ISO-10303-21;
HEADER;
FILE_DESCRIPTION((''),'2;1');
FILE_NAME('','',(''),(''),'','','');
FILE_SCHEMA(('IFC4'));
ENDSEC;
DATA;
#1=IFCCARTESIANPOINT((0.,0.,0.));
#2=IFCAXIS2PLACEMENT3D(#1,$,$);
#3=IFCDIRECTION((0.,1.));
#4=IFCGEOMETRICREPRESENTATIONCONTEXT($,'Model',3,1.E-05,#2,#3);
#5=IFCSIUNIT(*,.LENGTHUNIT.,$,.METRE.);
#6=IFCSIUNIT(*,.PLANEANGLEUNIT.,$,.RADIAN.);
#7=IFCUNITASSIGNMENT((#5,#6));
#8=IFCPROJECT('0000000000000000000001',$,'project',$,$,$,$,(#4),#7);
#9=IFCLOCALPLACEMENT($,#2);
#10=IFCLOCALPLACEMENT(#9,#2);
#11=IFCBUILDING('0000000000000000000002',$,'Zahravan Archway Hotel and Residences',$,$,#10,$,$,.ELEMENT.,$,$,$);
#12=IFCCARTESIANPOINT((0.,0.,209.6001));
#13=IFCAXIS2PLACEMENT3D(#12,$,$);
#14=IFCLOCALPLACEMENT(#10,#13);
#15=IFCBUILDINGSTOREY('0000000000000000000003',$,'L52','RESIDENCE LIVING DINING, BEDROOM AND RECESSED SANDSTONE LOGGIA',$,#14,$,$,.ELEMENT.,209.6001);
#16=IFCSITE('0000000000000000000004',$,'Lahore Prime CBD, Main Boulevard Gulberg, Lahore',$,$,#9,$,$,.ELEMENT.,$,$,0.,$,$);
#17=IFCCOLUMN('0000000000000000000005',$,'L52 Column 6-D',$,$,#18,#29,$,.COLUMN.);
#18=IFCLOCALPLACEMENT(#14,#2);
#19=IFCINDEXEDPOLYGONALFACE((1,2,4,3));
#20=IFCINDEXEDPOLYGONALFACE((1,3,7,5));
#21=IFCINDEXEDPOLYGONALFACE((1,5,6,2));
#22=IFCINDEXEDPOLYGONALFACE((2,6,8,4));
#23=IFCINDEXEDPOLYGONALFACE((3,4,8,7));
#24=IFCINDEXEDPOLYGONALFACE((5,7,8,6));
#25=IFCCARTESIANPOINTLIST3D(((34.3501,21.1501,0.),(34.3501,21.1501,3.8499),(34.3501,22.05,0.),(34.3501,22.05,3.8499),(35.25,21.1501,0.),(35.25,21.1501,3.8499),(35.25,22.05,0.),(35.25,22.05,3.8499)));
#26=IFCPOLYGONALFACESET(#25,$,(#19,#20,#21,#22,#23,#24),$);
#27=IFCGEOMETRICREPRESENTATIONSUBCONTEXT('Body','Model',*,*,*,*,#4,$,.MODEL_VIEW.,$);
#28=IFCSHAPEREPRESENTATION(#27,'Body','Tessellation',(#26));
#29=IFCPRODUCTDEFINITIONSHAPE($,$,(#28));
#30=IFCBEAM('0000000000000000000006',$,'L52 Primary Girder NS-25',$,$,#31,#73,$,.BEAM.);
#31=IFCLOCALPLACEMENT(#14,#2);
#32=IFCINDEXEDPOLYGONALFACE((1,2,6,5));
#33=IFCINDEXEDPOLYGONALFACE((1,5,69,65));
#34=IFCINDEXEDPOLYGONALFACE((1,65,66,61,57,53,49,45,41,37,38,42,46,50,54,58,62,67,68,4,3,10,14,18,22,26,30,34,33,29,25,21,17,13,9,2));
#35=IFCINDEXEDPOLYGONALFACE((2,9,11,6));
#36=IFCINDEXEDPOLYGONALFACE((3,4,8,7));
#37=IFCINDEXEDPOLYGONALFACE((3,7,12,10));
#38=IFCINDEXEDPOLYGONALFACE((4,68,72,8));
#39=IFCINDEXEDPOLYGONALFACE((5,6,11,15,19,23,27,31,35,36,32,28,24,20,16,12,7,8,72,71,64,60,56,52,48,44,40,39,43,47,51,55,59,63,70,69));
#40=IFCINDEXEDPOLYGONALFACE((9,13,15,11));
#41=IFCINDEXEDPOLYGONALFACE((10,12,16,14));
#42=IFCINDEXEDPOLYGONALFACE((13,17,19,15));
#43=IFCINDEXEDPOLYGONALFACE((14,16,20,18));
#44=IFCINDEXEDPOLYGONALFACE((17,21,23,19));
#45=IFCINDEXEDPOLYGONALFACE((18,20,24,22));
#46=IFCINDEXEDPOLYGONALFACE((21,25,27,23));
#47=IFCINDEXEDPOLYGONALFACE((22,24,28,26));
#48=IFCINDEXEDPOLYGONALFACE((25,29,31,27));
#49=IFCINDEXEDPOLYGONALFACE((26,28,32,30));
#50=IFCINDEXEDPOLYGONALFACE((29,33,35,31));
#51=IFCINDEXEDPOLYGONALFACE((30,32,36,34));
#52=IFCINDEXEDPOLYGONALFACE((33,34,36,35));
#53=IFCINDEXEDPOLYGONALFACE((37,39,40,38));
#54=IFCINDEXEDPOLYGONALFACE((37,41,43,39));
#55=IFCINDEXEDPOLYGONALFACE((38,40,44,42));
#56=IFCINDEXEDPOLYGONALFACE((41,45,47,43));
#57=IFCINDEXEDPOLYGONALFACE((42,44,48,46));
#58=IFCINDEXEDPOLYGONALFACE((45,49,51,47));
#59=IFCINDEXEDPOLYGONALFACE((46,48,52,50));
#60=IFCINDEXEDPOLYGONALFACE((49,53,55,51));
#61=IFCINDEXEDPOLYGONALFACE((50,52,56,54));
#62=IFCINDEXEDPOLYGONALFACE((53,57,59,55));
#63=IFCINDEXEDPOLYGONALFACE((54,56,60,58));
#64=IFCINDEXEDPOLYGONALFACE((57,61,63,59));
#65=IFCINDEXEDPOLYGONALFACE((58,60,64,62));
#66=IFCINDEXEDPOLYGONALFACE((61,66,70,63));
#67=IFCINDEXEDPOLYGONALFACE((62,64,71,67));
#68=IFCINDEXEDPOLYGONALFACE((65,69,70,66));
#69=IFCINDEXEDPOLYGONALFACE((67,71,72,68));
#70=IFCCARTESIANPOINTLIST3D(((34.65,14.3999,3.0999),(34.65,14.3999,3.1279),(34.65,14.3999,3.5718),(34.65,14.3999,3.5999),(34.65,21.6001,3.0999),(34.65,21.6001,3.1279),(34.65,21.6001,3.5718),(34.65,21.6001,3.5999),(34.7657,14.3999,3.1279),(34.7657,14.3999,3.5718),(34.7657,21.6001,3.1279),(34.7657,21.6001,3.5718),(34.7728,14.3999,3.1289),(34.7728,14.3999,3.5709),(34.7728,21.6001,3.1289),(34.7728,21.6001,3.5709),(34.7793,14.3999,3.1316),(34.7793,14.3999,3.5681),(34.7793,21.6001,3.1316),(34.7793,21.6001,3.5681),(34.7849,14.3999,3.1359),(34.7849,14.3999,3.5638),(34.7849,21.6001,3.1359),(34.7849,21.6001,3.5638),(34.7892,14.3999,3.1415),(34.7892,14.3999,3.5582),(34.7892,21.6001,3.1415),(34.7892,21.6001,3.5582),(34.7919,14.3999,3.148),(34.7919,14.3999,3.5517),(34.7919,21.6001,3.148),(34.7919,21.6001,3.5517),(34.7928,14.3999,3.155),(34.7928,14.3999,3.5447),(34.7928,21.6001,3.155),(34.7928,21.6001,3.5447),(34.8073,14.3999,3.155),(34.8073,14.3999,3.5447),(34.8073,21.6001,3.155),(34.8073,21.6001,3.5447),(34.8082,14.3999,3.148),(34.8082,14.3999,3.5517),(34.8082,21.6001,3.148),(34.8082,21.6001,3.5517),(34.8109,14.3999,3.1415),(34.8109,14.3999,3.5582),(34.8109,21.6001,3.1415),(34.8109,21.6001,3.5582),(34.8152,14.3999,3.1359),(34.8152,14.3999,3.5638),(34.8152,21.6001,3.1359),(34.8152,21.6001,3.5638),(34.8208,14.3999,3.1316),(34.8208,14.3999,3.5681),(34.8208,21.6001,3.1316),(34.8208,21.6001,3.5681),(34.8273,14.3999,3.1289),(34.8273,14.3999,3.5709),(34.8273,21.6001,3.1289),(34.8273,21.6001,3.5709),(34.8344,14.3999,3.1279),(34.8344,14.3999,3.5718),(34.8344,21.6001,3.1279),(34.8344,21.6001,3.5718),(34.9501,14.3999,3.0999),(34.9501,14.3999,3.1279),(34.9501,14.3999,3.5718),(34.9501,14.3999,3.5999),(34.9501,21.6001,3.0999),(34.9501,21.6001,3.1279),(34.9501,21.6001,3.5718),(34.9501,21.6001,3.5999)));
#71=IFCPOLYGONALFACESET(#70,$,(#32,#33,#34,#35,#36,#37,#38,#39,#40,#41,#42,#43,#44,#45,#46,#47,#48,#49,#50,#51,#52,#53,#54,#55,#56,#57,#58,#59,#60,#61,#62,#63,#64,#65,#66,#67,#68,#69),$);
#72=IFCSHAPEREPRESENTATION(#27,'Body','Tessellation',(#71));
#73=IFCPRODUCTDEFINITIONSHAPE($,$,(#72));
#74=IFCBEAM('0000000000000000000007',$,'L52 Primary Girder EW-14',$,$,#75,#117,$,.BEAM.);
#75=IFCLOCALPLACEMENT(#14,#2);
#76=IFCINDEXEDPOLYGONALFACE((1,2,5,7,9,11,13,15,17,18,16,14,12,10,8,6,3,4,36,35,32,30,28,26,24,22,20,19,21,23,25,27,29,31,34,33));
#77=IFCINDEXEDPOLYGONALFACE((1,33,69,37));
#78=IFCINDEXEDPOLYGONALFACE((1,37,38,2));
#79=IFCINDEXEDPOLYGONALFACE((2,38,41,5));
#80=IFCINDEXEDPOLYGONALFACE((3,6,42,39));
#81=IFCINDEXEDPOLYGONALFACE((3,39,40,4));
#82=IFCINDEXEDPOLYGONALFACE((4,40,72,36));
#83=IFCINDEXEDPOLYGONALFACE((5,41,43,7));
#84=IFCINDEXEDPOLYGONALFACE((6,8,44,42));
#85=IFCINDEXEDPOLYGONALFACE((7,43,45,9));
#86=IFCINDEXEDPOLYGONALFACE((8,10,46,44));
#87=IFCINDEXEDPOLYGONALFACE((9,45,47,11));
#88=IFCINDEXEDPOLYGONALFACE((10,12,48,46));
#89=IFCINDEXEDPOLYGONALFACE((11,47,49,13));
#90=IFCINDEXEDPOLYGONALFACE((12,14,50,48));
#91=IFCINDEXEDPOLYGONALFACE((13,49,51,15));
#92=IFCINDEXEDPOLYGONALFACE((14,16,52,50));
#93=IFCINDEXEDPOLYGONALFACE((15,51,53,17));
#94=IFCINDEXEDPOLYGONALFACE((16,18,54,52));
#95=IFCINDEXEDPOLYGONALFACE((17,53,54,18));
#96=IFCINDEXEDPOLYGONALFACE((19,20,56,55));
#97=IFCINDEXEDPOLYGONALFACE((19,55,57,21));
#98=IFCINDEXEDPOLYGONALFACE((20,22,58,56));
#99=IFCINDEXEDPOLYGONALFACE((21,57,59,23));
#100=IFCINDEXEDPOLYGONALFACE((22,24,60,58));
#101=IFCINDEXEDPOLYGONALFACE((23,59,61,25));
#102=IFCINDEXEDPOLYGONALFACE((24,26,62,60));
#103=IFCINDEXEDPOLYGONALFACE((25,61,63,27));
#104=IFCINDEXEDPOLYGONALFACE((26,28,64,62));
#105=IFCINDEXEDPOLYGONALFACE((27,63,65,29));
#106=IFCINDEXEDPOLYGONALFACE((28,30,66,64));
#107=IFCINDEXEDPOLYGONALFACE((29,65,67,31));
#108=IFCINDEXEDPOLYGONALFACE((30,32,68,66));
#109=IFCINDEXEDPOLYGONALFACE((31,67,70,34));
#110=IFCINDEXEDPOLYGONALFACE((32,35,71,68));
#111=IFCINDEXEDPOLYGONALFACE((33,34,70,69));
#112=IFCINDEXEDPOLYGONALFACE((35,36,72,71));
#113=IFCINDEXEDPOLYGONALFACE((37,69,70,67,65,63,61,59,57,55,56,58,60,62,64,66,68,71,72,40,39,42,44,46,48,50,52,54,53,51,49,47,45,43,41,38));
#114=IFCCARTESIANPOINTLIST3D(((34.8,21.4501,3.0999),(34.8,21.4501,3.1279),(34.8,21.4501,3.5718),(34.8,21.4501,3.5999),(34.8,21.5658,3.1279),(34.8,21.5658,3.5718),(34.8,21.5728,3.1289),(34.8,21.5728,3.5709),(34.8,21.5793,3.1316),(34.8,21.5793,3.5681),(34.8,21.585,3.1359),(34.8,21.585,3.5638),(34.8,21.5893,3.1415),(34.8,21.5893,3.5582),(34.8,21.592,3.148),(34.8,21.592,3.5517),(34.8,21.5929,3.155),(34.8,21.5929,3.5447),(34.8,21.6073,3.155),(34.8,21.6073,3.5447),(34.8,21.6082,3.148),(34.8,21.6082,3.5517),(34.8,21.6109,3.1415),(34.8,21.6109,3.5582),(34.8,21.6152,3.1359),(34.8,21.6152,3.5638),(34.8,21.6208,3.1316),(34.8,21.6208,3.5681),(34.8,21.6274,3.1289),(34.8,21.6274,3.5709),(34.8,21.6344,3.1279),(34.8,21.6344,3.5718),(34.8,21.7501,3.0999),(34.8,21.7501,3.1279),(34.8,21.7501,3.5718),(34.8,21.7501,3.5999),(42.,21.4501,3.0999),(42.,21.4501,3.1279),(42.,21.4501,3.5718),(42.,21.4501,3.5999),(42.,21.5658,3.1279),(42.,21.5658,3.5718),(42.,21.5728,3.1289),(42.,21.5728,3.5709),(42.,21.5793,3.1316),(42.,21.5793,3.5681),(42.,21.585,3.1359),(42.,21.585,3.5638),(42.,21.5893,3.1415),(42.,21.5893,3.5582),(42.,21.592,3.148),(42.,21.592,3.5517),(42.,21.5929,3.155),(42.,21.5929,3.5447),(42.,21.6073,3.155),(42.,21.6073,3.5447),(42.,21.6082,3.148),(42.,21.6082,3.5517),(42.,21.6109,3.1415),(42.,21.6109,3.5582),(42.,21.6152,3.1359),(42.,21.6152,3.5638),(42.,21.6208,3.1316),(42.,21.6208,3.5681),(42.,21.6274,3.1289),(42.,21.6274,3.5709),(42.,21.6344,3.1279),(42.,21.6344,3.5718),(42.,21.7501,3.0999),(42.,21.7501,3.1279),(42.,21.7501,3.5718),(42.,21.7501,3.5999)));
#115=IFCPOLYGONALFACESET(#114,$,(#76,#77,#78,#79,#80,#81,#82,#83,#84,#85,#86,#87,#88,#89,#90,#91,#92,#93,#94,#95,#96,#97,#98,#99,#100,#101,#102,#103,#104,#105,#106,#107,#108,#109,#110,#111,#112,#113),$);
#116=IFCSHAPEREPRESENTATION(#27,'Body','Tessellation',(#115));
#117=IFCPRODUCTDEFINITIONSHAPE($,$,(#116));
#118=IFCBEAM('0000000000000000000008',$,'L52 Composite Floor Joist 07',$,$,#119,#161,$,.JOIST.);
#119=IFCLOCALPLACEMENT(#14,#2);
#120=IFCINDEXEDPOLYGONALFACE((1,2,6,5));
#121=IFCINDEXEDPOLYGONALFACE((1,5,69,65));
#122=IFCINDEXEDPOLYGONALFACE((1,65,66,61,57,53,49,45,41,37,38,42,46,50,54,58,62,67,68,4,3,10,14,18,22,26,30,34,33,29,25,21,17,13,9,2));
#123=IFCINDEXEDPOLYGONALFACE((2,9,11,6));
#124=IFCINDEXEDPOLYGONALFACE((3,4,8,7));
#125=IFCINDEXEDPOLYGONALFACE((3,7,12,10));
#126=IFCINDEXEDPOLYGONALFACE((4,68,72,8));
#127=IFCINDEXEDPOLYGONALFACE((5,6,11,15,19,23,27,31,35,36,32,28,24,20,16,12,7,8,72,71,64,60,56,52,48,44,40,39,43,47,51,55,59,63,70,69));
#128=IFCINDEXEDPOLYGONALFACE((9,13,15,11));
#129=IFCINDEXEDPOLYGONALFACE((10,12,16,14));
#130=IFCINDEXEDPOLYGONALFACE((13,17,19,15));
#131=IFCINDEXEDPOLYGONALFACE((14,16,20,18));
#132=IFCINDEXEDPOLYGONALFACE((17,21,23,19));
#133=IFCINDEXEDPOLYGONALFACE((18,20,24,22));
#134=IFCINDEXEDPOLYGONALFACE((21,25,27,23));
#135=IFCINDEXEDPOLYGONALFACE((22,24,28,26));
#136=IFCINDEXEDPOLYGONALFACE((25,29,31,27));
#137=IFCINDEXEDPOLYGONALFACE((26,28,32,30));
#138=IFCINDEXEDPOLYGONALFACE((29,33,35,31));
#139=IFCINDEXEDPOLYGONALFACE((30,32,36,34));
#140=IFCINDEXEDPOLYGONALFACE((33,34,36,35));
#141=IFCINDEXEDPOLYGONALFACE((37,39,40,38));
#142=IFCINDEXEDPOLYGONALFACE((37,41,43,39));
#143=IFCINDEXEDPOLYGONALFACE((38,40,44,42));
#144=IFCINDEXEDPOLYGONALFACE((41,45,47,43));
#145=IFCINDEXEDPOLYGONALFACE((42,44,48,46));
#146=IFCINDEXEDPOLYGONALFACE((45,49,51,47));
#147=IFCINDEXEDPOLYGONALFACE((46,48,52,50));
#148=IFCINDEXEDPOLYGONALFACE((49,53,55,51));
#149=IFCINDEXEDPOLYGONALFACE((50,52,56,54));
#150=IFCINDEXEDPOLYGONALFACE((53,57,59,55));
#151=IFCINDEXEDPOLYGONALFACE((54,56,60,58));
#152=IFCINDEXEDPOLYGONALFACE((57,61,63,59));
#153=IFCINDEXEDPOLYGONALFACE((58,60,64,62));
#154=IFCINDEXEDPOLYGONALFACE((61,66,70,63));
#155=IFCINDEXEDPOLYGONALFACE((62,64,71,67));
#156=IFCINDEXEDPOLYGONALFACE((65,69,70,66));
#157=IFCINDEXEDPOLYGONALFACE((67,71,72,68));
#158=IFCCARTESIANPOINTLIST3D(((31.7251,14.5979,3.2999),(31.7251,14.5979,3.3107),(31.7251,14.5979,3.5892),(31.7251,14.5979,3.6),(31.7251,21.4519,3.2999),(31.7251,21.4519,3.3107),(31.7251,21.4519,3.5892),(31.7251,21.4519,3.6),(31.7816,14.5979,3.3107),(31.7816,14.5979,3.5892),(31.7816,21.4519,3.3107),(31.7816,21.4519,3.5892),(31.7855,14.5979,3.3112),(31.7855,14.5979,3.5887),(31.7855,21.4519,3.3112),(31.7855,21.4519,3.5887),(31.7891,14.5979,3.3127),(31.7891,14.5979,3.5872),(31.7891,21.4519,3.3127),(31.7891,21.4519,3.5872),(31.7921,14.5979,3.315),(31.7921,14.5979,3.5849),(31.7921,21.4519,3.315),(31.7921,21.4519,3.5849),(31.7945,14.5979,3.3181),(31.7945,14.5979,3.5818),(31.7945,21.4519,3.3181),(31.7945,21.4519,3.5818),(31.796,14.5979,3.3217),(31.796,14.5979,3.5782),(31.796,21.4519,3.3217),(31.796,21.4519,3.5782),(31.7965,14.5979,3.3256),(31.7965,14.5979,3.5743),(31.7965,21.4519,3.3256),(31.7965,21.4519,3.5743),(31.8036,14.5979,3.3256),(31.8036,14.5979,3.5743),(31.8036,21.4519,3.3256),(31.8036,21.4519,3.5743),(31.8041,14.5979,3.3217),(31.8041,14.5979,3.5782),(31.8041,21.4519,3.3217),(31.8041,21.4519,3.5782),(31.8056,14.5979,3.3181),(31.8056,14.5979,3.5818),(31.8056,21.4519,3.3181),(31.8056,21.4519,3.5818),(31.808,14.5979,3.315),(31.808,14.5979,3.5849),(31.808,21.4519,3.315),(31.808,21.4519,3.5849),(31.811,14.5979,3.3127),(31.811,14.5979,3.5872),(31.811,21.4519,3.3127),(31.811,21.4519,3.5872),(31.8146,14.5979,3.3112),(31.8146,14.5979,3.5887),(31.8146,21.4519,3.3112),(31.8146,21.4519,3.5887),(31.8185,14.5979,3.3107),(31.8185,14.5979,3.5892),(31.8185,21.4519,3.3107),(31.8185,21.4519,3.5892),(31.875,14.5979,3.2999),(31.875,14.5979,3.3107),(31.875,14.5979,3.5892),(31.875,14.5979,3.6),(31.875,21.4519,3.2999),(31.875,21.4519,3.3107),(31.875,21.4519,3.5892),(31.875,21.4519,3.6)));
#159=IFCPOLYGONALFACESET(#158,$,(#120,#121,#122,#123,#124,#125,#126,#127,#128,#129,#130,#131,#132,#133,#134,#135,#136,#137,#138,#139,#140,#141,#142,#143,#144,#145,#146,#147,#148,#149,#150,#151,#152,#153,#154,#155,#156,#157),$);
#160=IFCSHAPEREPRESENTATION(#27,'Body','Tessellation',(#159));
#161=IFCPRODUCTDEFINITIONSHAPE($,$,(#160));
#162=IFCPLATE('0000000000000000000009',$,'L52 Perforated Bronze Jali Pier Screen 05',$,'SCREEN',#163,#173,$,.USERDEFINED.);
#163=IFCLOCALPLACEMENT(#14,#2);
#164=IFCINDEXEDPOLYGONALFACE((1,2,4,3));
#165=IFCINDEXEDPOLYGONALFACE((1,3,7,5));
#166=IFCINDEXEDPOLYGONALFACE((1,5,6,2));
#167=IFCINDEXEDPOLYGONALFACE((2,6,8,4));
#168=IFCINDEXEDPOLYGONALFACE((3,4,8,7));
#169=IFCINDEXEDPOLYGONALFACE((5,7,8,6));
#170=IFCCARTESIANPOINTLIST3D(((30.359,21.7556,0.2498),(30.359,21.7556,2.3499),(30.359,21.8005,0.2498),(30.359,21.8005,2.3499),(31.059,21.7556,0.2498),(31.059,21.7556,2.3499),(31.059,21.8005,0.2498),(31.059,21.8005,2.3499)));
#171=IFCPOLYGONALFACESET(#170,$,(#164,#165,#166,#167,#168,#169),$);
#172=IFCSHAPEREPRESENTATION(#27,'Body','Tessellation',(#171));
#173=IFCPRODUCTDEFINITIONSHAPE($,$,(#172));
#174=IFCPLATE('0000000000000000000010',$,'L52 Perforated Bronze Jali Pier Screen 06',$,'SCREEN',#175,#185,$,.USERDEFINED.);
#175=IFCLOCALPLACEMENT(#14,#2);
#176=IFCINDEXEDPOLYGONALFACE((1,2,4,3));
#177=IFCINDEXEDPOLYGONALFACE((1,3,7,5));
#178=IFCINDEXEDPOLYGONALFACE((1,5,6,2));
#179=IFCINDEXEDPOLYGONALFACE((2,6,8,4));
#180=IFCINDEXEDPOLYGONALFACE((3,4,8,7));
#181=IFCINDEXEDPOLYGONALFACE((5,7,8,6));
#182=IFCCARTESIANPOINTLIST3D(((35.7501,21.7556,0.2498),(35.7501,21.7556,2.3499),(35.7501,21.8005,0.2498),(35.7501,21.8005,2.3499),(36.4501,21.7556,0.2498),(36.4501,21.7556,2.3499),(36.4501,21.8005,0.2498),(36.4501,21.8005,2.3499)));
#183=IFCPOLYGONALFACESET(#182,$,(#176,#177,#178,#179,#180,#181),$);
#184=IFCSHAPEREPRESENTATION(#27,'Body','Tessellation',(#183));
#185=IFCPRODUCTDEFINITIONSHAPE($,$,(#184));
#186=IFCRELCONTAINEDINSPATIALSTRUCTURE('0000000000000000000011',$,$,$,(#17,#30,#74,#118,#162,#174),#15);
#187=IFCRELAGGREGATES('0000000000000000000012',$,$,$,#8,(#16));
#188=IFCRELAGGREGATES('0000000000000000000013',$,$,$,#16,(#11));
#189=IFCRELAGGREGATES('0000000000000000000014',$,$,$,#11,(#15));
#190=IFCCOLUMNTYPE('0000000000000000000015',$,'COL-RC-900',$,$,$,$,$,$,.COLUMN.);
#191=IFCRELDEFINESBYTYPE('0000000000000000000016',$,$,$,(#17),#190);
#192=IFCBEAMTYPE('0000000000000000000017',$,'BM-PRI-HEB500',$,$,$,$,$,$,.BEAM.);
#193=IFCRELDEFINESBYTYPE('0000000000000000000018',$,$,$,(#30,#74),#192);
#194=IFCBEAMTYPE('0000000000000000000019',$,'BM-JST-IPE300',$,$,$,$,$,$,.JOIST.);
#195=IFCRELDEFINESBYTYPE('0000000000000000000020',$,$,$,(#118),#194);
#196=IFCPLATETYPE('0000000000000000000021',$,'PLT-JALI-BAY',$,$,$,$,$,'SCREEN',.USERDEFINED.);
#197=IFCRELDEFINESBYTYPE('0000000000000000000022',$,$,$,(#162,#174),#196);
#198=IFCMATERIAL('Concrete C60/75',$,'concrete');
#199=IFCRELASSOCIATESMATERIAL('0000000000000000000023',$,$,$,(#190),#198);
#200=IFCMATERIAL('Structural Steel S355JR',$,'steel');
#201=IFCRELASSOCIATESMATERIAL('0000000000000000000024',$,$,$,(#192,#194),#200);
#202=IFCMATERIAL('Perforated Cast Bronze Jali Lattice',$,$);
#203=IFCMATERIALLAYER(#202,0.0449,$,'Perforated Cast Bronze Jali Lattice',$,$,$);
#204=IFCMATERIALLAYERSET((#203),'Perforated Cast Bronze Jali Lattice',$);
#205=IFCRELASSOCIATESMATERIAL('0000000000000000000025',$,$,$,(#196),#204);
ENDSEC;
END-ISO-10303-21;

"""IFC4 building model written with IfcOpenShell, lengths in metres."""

from ifc_helpers import new_model, si_unit, direction, frame, origin, origin_2d, place, context, subcontext, project, spatial, rectangle, i_section, extrude, source, transform, mapped, material, layer, layer_set, material_profile, profile_set, type_object, type_shapes, element, save


model = new_model("IFC4")

# Units and contexts
model_context = context("Model", 3, precision=1e-05, world=origin(), true_north=direction((0.0, 1.0)))
body_context = subcontext(model_context, "Body", "Model", "MODEL_VIEW")
ifc_project = project(units=[si_unit("LENGTHUNIT", "METRE"), si_unit("PLANEANGLEUNIT", "RADIAN")], contexts=[model_context])

# Site, building, storey
site_placement = place(None, origin())
site = spatial("IfcSite", under=ifc_project, at=site_placement, Name="Lahore Prime CBD, Main Boulevard Gulberg, Lahore", CompositionType="ELEMENT", RefElevation=0.0)
building_placement = place(site_placement, origin())
building = spatial("IfcBuilding", under=site, at=building_placement, Name="Zahravan Archway Hotel and Residences", CompositionType="ELEMENT")
storey_placement = place(building_placement, frame((0.0, 0.0, 209.6001)))
storey = spatial("IfcBuildingStorey", under=building, at=storey_placement, Name="L52", Description="RESIDENCE LIVING DINING, BEDROOM AND RECESSED SANDSTONE LOGGIA", CompositionType="ELEMENT", Elevation=209.6001)

# Column
ifc_material_1 = material(Name="Concrete C60/75", Category="concrete")
ifc_material_profile_1 = material_profile(ifc_material_1, rectangle(XDim=0.8999, YDim=0.8999, at=origin_2d()), Name="RC-COL-900x900", Category="concrete")
ifc_profile_set_1 = profile_set([ifc_material_profile_1], Name="Concrete C60/75")
column_type = type_object("IfcColumnType", Name="COL-RC-900", PredefinedType="COLUMN", material=ifc_profile_set_1)
shared_shape_1 = source(origin(), body_context, "Body", "SweptSolid", [
    extrude(rectangle(XDim=0.8999, YDim=0.8999, at=origin_2d()), origin(), (0.0, 0.0, 1.0), 3.8499),
])
column_placement = place(storey_placement, frame((34.8, 21.6001, 0.0), z_axis=(0.0, 0.0, 1.0), x_axis=(1.0, 0.0, 0.0)))
element("IfcColumn", 1, at=column_placement, inside=storey, type_object=column_type, Name="L52 Column 6-D", PredefinedType="COLUMN", context=body_context, shape_type="MappedRepresentation", body=[
    mapped(shared_shape_1, transform((0.0, 0.0, 0.0), scale=1.0)),
])

# Beams
ifc_material_2 = material(Name="Structural Steel S355JR", Category="steel")
ifc_material_profile_2 = material_profile(ifc_material_2, i_section(OverallWidth=0.3, OverallDepth=0.5, WebThickness=0.0144, FlangeThickness=0.0281, FilletRadius=0.0271, at=origin_2d()), Name="HEB 500", Category="steel")
ifc_profile_set_2 = profile_set([ifc_material_profile_2], Name="Structural Steel S355JR")
beam_type_1 = type_object("IfcBeamType", Name="BM-PRI-HEB500", PredefinedType="BEAM", material=ifc_profile_set_2)
shared_shape_2 = source(origin(), body_context, "Body", "SweptSolid", [
    extrude(i_section(OverallWidth=0.3, OverallDepth=0.5, WebThickness=0.0144, FlangeThickness=0.0281, FilletRadius=0.0271, at=origin_2d()), origin(), (0.0, 0.0, 1.0), 7.2002),
])
type_shapes(beam_type_1, [shared_shape_2])
beam_1_placement = place(storey_placement, frame((34.8, 14.3999, 3.3499), z_axis=(0.0, 1.0, 0.0), x_axis=(-1.0, 0.0, 0.0)))
element("IfcBeam", 2, at=beam_1_placement, inside=storey, type_object=beam_type_1, Name="L52 Primary Girder NS-25", PredefinedType="BEAM", context=body_context, shape_type="MappedRepresentation", body=[
    mapped(shared_shape_2, transform((0.0, 0.0, 0.0), scale=1.0)),
])
shared_shape_3 = source(origin(), body_context, "Body", "SweptSolid", [
    extrude(i_section(OverallWidth=0.3, OverallDepth=0.5, WebThickness=0.0144, FlangeThickness=0.0281, FilletRadius=0.0271, at=origin_2d()), origin(), (0.0, 0.0, 1.0), 7.2),
])
beam_2_placement = place(storey_placement, frame((34.8, 21.6001, 3.3499), z_axis=(1.0, 0.0, 0.0), x_axis=(0.0, 1.0, 0.0)))
element("IfcBeam", 3, at=beam_2_placement, inside=storey, type_object=beam_type_1, Name="L52 Primary Girder EW-14", PredefinedType="BEAM", context=body_context, shape_type="MappedRepresentation", body=[
    mapped(shared_shape_3, transform((0.0, 0.0, 0.0), scale=1.0)),
])
ifc_material_profile_3 = material_profile(ifc_material_2, i_section(OverallWidth=0.1499, OverallDepth=0.3, WebThickness=0.0071, FlangeThickness=0.0107, FilletRadius=0.0149, at=origin_2d()), Name="IPE 300", Category="steel")
ifc_profile_set_3 = profile_set([ifc_material_profile_3], Name="Structural Steel S355JR")
beam_type_2 = type_object("IfcBeamType", Name="BM-JST-IPE300", PredefinedType="JOIST", material=ifc_profile_set_3)
shared_shape_4 = source(origin(), body_context, "Body", "SweptSolid", [
    extrude(i_section(OverallWidth=0.1499, OverallDepth=0.3, WebThickness=0.0071, FlangeThickness=0.0107, FilletRadius=0.0149, at=origin_2d()), origin(), (0.0, 0.0, 1.0), 6.854),
])
beam_3_placement = place(storey_placement, frame((31.8, 14.5979, 3.45), z_axis=(0.0, 1.0, 0.0), x_axis=(-1.0, 0.0, 0.0)))
element("IfcBeam", 4, at=beam_3_placement, inside=storey, type_object=beam_type_2, Name="L52 Composite Floor Joist 07", PredefinedType="JOIST", context=body_context, shape_type="MappedRepresentation", body=[
    mapped(shared_shape_4, transform((0.0, 0.0, 0.0), scale=1.0)),
])

# Plates
ifc_material_3 = material(Name="Perforated Cast Bronze Jali Lattice")
ifc_layer_1 = layer(ifc_material_3, 0.0449, Name="Perforated Cast Bronze Jali Lattice")
ifc_layer_set_1 = layer_set([ifc_layer_1], Name="Perforated Cast Bronze Jali Lattice")
plate_type = type_object("IfcPlateType", Name="PLT-JALI-BAY", ElementType="SCREEN", PredefinedType="USERDEFINED", material=ifc_layer_set_1)
shared_shape_5 = source(origin(), body_context, "Body", "SweptSolid", [
    extrude(rectangle(XDim=0.7, YDim=0.0449, at=origin_2d()), origin(), (0.0, 0.0, 1.0), 2.1001),
])
type_shapes(plate_type, [shared_shape_5])
for number, where, z_axis, x_axis, name in (
    (5, (30.709, 21.7781, 0.2498), (0.0, 0.0, 1.0), (1.0, 0.0, 0.0), "L52 Perforated Bronze Jali Pier Screen 05"),
    (6, (36.1001, 21.7781, 0.2498), (0.0, 0.0, 1.0), (1.0, 0.0, 0.0), "L52 Perforated Bronze Jali Pier Screen 06"),
):
    element("IfcPlate", number, at=place(storey_placement, frame(where, z_axis=z_axis, x_axis=x_axis)), inside=storey, type_object=plate_type, Name=name, ObjectType="SCREEN", PredefinedType="USERDEFINED", context=body_context, shape_type="MappedRepresentation", body=[
        mapped(shared_shape_5, transform((0.0, 0.0, 0.0), scale=1.0)),
    ])

save(model, "model.ifc")
